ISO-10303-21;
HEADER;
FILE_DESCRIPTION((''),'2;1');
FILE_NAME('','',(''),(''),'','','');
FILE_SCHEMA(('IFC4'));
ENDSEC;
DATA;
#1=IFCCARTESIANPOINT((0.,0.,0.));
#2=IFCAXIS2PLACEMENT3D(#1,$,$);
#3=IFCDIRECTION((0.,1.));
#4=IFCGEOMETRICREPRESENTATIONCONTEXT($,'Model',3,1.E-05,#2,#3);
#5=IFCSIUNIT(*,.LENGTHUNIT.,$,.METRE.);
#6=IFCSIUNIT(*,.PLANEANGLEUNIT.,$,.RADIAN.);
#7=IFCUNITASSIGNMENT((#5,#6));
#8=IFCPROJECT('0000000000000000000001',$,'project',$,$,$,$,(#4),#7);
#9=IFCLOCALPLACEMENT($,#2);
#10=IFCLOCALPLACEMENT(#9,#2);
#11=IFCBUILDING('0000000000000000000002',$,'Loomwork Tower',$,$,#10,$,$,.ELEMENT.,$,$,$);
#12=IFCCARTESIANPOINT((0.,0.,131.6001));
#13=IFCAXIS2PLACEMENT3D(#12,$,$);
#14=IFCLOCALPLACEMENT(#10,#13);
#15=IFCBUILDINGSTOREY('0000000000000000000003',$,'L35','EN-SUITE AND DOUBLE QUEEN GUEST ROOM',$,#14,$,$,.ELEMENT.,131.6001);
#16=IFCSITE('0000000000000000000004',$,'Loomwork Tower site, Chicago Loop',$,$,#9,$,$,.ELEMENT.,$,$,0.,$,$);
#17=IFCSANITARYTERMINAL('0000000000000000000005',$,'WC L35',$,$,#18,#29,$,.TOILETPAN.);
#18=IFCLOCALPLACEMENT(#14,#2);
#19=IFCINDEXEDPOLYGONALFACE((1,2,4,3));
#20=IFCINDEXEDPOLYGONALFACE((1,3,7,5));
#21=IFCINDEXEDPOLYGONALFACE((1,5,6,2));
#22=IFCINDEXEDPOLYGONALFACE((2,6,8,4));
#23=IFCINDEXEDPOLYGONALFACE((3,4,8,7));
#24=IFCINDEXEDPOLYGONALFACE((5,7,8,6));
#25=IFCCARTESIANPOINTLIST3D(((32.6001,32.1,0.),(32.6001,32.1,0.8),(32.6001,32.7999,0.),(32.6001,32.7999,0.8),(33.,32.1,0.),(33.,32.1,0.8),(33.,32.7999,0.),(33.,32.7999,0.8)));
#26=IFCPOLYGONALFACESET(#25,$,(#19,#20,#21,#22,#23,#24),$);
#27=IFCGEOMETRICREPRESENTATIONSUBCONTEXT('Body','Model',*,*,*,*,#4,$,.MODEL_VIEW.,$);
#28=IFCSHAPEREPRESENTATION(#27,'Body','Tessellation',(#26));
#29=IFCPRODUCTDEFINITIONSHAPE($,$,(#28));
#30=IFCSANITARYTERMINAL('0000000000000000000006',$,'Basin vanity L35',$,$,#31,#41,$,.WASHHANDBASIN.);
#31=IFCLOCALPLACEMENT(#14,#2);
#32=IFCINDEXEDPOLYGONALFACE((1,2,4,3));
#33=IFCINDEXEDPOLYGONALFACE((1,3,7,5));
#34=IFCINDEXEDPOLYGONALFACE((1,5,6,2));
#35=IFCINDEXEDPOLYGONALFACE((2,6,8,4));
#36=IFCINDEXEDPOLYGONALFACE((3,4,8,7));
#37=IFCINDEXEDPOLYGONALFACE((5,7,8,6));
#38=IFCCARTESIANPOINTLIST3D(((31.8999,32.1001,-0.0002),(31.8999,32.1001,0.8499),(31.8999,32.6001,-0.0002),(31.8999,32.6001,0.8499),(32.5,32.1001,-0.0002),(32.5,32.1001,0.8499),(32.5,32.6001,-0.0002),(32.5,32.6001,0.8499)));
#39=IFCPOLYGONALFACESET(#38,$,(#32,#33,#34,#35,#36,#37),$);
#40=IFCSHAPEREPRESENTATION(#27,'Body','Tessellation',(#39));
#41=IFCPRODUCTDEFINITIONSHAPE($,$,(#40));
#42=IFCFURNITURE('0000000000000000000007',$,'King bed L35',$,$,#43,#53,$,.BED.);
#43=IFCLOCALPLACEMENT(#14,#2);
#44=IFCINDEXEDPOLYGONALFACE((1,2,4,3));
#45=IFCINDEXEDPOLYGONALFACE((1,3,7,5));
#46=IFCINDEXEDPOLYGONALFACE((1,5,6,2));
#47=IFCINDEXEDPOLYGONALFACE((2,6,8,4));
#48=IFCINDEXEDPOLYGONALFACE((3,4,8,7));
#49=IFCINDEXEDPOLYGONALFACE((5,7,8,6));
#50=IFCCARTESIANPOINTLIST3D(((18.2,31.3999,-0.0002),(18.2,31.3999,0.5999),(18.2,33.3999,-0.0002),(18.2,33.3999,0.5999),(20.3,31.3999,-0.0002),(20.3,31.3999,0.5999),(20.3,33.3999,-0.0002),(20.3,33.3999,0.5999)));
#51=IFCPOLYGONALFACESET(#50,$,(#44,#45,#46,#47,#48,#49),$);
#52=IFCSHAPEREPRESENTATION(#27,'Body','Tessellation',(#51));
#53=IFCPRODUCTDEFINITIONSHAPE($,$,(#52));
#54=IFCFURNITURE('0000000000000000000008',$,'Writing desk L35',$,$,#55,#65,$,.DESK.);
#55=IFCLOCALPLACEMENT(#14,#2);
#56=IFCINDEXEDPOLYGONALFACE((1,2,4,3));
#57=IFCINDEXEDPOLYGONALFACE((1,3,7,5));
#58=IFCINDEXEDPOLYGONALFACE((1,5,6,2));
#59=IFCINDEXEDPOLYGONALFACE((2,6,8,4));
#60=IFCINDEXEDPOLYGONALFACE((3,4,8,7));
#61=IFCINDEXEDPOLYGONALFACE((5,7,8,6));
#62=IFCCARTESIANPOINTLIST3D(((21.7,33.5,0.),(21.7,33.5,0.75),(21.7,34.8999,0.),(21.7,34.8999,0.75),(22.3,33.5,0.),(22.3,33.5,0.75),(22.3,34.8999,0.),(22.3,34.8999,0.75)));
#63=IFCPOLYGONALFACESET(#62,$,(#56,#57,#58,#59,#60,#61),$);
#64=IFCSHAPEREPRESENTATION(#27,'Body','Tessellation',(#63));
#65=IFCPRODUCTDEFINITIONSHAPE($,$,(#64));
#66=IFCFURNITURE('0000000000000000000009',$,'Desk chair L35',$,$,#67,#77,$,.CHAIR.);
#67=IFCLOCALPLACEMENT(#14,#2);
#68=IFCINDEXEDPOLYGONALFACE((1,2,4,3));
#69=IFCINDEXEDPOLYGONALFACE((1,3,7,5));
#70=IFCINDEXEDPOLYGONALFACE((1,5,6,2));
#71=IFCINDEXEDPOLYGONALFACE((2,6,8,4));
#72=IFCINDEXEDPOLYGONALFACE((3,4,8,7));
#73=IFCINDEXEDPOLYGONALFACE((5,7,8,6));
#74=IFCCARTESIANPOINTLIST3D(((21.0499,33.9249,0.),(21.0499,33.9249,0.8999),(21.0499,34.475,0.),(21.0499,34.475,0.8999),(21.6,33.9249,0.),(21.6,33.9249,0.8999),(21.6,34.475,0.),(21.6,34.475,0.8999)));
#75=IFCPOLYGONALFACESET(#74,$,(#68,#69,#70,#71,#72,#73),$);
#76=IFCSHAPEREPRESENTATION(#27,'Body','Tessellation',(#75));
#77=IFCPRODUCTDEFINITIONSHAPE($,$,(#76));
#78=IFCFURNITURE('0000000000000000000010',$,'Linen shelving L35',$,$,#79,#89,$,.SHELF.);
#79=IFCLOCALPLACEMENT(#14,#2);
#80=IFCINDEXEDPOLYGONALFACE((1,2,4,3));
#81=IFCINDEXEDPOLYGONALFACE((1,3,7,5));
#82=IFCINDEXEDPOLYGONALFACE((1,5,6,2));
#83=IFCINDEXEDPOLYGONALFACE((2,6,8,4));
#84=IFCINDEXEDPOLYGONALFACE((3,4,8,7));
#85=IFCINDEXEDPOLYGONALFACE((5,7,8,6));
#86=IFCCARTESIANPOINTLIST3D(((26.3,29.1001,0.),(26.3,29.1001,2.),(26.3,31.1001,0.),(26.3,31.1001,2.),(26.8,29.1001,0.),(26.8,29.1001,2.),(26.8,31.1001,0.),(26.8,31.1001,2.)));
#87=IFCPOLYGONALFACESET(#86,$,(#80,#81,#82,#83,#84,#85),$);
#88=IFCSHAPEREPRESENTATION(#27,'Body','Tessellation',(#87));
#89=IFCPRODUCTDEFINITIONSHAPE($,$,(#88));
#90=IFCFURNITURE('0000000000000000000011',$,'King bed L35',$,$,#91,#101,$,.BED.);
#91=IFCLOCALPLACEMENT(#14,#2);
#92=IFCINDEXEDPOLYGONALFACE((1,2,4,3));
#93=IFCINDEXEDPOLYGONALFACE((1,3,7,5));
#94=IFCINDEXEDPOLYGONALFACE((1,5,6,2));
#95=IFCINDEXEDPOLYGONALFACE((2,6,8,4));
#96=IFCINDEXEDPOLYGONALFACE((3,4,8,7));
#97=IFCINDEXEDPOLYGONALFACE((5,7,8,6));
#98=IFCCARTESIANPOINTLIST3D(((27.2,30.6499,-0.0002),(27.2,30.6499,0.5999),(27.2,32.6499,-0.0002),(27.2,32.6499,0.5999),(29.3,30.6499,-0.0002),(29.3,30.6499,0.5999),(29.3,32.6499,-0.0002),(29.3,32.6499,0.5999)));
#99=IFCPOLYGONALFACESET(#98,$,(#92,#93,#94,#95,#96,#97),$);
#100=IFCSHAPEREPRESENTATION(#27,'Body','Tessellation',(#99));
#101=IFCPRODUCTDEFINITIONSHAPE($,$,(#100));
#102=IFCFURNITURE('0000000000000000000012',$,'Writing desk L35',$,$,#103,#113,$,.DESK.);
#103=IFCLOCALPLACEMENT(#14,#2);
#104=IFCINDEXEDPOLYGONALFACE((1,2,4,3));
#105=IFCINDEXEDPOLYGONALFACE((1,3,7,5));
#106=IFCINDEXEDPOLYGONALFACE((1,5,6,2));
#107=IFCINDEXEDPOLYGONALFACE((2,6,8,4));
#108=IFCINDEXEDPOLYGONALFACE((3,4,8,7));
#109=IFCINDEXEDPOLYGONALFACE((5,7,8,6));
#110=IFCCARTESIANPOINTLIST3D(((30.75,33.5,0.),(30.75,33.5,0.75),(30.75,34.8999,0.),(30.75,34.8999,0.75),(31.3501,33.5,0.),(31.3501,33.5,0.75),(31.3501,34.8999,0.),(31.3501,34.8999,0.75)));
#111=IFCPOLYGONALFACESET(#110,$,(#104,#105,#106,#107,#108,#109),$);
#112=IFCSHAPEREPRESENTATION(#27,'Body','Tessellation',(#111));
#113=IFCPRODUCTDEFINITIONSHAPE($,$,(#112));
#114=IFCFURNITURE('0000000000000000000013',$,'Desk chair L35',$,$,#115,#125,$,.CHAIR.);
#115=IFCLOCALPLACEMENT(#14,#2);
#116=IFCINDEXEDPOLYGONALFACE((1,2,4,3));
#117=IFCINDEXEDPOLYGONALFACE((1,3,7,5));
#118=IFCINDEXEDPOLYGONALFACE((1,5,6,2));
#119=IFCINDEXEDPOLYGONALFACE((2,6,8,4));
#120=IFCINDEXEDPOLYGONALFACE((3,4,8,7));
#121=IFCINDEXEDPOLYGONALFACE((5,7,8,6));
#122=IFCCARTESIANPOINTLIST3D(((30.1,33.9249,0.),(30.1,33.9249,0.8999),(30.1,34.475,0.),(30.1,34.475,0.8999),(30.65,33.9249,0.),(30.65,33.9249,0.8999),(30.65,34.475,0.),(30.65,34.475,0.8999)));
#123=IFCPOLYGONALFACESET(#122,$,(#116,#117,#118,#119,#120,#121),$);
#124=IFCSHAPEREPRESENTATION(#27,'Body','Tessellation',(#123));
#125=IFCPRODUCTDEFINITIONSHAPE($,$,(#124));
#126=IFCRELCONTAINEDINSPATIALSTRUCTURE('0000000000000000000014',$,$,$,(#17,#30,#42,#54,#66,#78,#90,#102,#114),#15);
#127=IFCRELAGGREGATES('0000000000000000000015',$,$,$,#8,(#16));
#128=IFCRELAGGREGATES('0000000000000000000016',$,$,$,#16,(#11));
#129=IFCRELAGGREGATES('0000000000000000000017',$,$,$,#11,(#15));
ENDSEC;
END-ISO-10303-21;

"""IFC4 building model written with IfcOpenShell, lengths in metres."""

from ifc_helpers import new_model, si_unit, direction, frame, origin, origin_2d, place, context, subcontext, project, spatial, rectangle, extrude, element, save


model = new_model("IFC4")

# Units and contexts
model_context = context("Model", 3, precision=1e-05, world=origin(), true_north=direction((0.0, 1.0)))
body_context = subcontext(model_context, "Body", "Model", "MODEL_VIEW")
ifc_project = project(units=[si_unit("LENGTHUNIT", "METRE"), si_unit("PLANEANGLEUNIT", "RADIAN")], contexts=[model_context])

# Site, building, storey
site_placement = place(None, origin())
site = spatial("IfcSite", under=ifc_project, at=site_placement, Name="Loomwork Tower site, Chicago Loop", CompositionType="ELEMENT", RefElevation=0.0)
building_placement = place(site_placement, origin())
building = spatial("IfcBuilding", under=site, at=building_placement, Name="Loomwork Tower", CompositionType="ELEMENT")
storey_placement = place(building_placement, frame((0.0, 0.0, 131.6001)))
storey = spatial("IfcBuildingStorey", under=building, at=storey_placement, Name="L35", Description="EN-SUITE AND DOUBLE QUEEN GUEST ROOM", CompositionType="ELEMENT", Elevation=131.6001)

# Sanitary terminals
sanitary_terminal_1_placement = place(storey_placement, frame((32.8, 32.45, 0.0), z_axis=(0.0, 0.0, 1.0), x_axis=(1.0, 0.0, 0.0)))
element("IfcSanitaryTerminal", 1, at=sanitary_terminal_1_placement, inside=storey, Name="WC L35", PredefinedType="TOILETPAN", context=body_context, shape_type="SweptSolid", body=[
    extrude(rectangle(XDim=0.3999, YDim=0.7, at=origin_2d()), origin(), (0.0, 0.0, 1.0), 0.8),
])
sanitary_terminal_2_placement = place(storey_placement, frame((32.2, 32.3501, -0.0002), z_axis=(0.0, 0.0, 1.0), x_axis=(1.0, 0.0, 0.0)))
element("IfcSanitaryTerminal", 2, at=sanitary_terminal_2_placement, inside=storey, Name="Basin vanity L35", PredefinedType="WASHHANDBASIN", context=body_context, shape_type="SweptSolid", body=[
    extrude(rectangle(XDim=0.6001, YDim=0.5, at=origin_2d()), origin(), (0.0, 0.0, 1.0), 0.8501),
])

# Furniture
furniture_1_placement = place(storey_placement, frame((19.25, 32.3999, -0.0002), z_axis=(0.0, 0.0, 1.0), x_axis=(1.0, 0.0, 0.0)))
element("IfcFurniture", 3, at=furniture_1_placement, inside=storey, Name="King bed L35", PredefinedType="BED", context=body_context, shape_type="SweptSolid", body=[
    extrude(rectangle(XDim=2.1001, YDim=2.0, at=origin_2d()), origin(), (0.0, 0.0, 1.0), 0.6001),
])
furniture_2_placement = place(storey_placement, frame((22.0, 34.2, 0.0), z_axis=(0.0, 0.0, 1.0), x_axis=(1.0, 0.0, 0.0)))
element("IfcFurniture", 4, at=furniture_2_placement, inside=storey, Name="Writing desk L35", PredefinedType="DESK", context=body_context, shape_type="SweptSolid", body=[
    extrude(rectangle(XDim=0.6001, YDim=1.3999, at=origin_2d()), origin(), (0.0, 0.0, 1.0), 0.75),
])
furniture_3_placement = place(storey_placement, frame((21.325, 34.2, 0.0), z_axis=(0.0, 0.0, 1.0), x_axis=(1.0, 0.0, 0.0)))
element("IfcFurniture", 5, at=furniture_3_placement, inside=storey, Name="Desk chair L35", PredefinedType="CHAIR", context=body_context, shape_type="SweptSolid", body=[
    extrude(rectangle(XDim=0.55, YDim=0.55, at=origin_2d()), origin(), (0.0, 0.0, 1.0), 0.8999),
])
furniture_4_placement = place(storey_placement, frame((26.55, 30.1001, 0.0), z_axis=(0.0, 0.0, 1.0), x_axis=(1.0, 0.0, 0.0)))
element("IfcFurniture", 6, at=furniture_4_placement, inside=storey, Name="Linen shelving L35", PredefinedType="SHELF", context=body_context, shape_type="SweptSolid", body=[
    extrude(rectangle(XDim=0.5, YDim=2.0, at=origin_2d()), origin(), (0.0, 0.0, 1.0), 2.0),
])
furniture_5_placement = place(storey_placement, frame((28.25, 31.6499, -0.0002), z_axis=(0.0, 0.0, 1.0), x_axis=(1.0, 0.0, 0.0)))
element("IfcFurniture", 7, at=furniture_5_placement, inside=storey, Name="King bed L35", PredefinedType="BED", context=body_context, shape_type="SweptSolid", body=[
    extrude(rectangle(XDim=2.1001, YDim=2.0, at=origin_2d()), origin(), (0.0, 0.0, 1.0), 0.6001),
])
furniture_6_placement = place(storey_placement, frame((31.05, 34.2, 0.0), z_axis=(0.0, 0.0, 1.0), x_axis=(1.0, 0.0, 0.0)))
element("IfcFurniture", 8, at=furniture_6_placement, inside=storey, Name="Writing desk L35", PredefinedType="DESK", context=body_context, shape_type="SweptSolid", body=[
    extrude(rectangle(XDim=0.6001, YDim=1.3999, at=origin_2d()), origin(), (0.0, 0.0, 1.0), 0.75),
])
furniture_7_placement = place(storey_placement, frame((30.375, 34.2, 0.0), z_axis=(0.0, 0.0, 1.0), x_axis=(1.0, 0.0, 0.0)))
element("IfcFurniture", 9, at=furniture_7_placement, inside=storey, Name="Desk chair L35", PredefinedType="CHAIR", context=body_context, shape_type="SweptSolid", body=[
    extrude(rectangle(XDim=0.55, YDim=0.55, at=origin_2d()), origin(), (0.0, 0.0, 1.0), 0.8999),
])

save(model, "model.ifc")
